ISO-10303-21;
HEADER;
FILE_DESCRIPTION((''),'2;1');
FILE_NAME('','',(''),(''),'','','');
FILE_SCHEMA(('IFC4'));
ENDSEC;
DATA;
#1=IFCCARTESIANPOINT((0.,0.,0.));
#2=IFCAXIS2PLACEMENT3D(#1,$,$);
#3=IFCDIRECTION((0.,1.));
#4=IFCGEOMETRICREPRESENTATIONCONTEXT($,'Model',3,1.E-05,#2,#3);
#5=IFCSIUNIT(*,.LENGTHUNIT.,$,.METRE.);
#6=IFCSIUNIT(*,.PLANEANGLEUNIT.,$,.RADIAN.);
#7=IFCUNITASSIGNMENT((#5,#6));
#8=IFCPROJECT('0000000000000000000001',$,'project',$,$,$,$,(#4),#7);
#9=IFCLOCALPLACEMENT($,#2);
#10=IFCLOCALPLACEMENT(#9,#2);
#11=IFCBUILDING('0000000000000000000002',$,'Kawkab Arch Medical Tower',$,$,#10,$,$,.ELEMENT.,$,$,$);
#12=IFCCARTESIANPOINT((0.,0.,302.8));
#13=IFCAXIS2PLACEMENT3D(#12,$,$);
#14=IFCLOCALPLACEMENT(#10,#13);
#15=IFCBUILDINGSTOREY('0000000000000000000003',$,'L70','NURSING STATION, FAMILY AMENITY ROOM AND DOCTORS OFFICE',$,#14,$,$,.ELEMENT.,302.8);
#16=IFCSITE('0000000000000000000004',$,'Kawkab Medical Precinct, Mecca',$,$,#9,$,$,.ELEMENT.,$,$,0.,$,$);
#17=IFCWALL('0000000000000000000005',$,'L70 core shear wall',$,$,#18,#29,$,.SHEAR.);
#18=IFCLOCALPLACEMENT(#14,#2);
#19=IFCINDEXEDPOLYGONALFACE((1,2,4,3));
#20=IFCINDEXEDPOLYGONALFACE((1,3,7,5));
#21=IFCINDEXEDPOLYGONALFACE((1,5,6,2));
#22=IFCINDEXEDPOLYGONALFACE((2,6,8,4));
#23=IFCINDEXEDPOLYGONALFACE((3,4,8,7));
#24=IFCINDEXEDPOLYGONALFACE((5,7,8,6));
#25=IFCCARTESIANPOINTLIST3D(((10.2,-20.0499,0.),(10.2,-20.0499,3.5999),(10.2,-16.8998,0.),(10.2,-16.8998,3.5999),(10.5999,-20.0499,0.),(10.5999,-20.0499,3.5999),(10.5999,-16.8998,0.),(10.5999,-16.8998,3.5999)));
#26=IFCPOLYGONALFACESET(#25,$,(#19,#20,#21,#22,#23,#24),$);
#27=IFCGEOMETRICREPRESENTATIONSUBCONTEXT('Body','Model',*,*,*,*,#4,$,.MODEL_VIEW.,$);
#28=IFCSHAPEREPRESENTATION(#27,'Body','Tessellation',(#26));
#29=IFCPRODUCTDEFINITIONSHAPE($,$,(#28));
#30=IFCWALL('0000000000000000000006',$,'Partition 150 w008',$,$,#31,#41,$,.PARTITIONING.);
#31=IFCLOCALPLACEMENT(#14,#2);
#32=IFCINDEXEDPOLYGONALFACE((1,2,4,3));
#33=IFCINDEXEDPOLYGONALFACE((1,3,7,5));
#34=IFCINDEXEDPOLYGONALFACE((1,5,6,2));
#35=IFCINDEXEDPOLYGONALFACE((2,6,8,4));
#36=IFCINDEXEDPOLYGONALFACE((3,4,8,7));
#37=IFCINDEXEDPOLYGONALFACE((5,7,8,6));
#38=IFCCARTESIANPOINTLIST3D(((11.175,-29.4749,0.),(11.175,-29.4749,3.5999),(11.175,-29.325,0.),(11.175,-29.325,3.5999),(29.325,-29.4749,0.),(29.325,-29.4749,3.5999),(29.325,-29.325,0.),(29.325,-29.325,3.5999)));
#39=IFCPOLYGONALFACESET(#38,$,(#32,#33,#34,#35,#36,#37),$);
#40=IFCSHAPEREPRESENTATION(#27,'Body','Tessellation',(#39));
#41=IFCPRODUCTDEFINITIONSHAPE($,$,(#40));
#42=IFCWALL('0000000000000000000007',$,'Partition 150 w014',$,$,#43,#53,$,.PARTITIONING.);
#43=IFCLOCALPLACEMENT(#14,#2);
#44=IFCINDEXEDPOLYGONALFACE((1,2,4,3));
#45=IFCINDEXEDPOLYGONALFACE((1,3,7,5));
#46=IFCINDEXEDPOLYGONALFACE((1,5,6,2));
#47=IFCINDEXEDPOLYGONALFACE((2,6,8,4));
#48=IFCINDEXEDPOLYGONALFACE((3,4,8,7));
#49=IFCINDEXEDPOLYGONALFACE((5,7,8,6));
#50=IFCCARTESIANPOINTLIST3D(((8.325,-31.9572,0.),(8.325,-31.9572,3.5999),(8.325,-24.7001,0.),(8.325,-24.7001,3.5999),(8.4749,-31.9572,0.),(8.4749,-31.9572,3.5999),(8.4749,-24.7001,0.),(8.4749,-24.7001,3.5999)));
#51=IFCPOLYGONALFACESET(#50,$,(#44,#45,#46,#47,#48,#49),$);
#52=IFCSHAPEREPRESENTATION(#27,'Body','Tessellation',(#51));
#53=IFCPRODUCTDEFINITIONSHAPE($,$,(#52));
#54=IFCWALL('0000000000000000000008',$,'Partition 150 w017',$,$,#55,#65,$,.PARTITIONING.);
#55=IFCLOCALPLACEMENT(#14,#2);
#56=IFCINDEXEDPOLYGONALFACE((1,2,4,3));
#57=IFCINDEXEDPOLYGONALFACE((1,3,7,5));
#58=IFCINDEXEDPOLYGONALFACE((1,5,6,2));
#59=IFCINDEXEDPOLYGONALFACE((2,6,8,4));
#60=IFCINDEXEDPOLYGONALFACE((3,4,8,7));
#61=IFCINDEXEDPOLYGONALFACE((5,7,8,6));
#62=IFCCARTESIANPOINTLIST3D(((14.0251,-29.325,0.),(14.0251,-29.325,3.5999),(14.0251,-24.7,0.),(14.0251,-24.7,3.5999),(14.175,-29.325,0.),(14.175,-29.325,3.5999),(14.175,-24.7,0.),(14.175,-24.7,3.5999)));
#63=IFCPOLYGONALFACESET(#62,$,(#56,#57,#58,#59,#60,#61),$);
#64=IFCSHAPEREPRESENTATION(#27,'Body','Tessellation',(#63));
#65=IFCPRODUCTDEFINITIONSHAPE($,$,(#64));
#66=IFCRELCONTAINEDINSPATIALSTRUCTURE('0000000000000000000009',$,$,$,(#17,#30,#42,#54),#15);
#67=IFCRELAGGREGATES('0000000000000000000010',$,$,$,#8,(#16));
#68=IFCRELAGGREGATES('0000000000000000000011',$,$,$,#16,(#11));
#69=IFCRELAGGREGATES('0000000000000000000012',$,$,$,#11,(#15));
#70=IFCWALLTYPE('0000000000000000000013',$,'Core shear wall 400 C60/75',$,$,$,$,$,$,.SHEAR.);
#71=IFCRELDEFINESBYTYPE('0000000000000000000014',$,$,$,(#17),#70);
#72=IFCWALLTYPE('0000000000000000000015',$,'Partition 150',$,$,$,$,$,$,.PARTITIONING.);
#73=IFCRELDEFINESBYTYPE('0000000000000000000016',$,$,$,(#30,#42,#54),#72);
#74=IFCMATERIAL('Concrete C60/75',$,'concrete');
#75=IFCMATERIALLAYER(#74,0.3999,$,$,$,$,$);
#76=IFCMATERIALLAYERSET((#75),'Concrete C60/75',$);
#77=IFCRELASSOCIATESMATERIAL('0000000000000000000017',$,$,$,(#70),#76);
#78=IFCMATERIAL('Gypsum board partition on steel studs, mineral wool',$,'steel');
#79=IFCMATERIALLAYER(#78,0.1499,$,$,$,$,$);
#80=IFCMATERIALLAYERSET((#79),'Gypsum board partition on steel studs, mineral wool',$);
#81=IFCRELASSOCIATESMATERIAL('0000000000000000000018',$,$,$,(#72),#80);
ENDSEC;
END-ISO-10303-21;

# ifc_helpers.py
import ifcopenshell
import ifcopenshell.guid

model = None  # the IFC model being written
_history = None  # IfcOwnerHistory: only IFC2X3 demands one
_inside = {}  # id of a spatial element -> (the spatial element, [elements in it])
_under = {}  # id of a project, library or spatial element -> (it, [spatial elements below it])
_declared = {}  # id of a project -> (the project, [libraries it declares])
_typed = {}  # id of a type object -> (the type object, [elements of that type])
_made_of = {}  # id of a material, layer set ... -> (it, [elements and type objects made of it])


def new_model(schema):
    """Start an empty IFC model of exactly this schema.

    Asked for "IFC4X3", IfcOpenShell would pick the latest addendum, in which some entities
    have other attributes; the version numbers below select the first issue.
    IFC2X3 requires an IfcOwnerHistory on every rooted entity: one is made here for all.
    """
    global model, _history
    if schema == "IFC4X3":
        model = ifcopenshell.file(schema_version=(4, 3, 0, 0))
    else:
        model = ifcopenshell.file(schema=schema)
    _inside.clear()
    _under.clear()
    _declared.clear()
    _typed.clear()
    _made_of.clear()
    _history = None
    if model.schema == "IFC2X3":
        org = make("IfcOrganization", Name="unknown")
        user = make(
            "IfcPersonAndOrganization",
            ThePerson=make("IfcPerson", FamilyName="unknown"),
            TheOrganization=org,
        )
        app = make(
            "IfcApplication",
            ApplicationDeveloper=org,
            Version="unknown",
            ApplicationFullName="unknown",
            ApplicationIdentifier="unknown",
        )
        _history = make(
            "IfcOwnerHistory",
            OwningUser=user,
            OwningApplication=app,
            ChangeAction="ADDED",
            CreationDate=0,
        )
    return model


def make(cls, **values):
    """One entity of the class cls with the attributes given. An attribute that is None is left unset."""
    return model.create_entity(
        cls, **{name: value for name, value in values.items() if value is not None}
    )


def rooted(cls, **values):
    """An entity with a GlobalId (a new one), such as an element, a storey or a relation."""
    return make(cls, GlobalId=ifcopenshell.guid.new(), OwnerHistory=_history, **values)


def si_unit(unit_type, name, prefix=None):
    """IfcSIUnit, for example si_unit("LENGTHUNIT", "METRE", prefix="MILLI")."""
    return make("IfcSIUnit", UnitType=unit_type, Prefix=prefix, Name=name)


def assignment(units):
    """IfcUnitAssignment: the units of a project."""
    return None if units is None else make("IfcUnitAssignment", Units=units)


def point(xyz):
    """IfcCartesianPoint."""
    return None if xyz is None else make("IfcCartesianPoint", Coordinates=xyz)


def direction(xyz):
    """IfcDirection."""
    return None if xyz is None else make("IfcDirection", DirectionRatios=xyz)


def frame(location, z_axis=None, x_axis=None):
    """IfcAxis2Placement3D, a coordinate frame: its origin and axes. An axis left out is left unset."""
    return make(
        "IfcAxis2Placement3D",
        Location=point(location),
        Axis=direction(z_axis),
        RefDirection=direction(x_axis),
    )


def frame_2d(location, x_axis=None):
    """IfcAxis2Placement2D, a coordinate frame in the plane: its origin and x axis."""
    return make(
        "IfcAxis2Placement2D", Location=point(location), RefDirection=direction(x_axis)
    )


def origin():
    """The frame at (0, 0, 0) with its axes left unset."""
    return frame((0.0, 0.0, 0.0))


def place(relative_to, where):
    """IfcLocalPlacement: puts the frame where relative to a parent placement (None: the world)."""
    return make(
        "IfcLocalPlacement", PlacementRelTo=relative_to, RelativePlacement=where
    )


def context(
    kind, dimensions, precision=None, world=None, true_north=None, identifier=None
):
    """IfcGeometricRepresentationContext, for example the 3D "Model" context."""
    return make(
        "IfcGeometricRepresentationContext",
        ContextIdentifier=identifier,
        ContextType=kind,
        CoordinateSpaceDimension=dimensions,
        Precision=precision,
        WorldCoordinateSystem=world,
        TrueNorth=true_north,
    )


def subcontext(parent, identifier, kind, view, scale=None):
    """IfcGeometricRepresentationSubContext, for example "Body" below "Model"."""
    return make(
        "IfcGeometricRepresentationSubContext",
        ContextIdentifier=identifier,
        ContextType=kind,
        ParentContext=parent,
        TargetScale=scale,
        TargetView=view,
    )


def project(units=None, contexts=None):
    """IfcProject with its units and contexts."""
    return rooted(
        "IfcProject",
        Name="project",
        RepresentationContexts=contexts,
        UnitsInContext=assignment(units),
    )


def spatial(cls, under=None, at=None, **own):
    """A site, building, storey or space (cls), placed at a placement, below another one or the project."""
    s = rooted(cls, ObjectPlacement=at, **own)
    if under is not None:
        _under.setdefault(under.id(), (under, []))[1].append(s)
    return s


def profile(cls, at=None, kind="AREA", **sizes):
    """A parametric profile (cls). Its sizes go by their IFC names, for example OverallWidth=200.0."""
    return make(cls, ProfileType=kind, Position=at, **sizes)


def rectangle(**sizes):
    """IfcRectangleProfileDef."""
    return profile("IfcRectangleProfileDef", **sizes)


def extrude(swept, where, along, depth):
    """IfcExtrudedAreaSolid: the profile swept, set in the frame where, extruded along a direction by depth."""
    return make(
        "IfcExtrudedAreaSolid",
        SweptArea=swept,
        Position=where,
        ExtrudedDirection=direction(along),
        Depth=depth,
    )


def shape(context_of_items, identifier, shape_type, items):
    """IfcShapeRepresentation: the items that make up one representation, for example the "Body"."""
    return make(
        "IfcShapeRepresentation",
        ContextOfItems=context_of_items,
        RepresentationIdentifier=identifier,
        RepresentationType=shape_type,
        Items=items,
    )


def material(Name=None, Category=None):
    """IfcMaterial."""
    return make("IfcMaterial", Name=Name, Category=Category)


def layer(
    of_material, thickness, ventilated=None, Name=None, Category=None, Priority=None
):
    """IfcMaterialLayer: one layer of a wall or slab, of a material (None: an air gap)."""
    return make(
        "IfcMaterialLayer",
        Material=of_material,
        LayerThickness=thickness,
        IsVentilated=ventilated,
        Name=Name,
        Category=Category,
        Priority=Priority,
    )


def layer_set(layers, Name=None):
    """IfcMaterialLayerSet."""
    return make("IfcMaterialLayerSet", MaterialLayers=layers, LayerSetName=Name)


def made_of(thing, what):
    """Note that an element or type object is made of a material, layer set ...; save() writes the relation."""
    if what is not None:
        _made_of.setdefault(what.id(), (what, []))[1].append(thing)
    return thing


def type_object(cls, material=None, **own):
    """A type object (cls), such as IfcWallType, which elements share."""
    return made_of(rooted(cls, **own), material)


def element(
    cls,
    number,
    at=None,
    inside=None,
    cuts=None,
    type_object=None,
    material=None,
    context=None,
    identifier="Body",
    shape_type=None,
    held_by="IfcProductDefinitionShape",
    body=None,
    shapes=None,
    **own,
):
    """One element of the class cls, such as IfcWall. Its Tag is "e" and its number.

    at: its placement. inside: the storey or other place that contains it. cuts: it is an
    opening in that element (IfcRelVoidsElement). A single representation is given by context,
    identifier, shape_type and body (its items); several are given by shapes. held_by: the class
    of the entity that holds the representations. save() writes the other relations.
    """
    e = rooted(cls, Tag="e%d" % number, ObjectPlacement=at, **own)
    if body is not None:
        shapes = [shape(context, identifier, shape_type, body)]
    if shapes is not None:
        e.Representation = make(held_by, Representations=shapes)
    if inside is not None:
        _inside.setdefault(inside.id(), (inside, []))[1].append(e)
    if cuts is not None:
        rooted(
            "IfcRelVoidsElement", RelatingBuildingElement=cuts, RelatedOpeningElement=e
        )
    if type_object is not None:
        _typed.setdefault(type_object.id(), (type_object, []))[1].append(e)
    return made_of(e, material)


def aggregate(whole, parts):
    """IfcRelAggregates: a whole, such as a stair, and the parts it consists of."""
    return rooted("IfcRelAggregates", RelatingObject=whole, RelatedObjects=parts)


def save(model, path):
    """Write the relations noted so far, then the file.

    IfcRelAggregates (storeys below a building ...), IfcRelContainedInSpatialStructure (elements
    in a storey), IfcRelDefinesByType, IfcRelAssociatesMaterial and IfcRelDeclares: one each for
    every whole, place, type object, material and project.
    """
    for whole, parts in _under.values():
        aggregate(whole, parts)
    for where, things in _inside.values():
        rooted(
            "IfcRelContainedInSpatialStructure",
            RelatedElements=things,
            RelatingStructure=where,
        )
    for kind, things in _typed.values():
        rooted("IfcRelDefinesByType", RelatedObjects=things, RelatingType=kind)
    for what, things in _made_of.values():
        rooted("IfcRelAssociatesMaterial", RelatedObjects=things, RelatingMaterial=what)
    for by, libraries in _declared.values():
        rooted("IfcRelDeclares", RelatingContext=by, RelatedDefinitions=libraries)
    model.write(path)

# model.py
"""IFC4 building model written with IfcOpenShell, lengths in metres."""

from ifc_helpers import new_model, si_unit, direction, frame, frame_2d, origin, place, context, subcontext, project, spatial, rectangle, extrude, material, layer, layer_set, type_object, element, save


model = new_model("IFC4")

# Units and contexts
model_context = context("Model", 3, precision=1e-05, world=origin(), true_north=direction((0.0, 1.0)))
body_context = subcontext(model_context, "Body", "Model", "MODEL_VIEW")
ifc_project = project(units=[si_unit("LENGTHUNIT", "METRE"), si_unit("PLANEANGLEUNIT", "RADIAN")], contexts=[model_context])

# Site, building, storey
site_placement = place(None, origin())
site = spatial("IfcSite", under=ifc_project, at=site_placement, Name="Kawkab Medical Precinct, Mecca", CompositionType="ELEMENT", RefElevation=0.0)
building_placement = place(site_placement, origin())
building = spatial("IfcBuilding", under=site, at=building_placement, Name="Kawkab Arch Medical Tower", CompositionType="ELEMENT")
storey_placement = place(building_placement, frame((0.0, 0.0, 302.8)))
storey = spatial("IfcBuildingStorey", under=building, at=storey_placement, Name="L70", Description="NURSING STATION, FAMILY AMENITY ROOM AND DOCTORS OFFICE", CompositionType="ELEMENT", Elevation=302.8)

# Shared definitions
ifc_material_1 = material(Name="Concrete C60/75", Category="concrete")
ifc_layer_1 = layer(ifc_material_1, 0.3999)
ifc_layer_set_1 = layer_set([ifc_layer_1], Name="Concrete C60/75")
wall_type_1 = type_object("IfcWallType", Name="Core shear wall 400 C60/75", PredefinedType="SHEAR", material=ifc_layer_set_1)

# Walls
wall_1_placement = place(storey_placement, frame((10.3999, -20.05, 0.0), z_axis=(0.0, 0.0, 1.0), x_axis=(0.0, 1.0, 0.0)))
element("IfcWall", 1, at=wall_1_placement, inside=storey, type_object=wall_type_1, Name="L70 core shear wall", PredefinedType="SHEAR", context=body_context, shape_type="SweptSolid", body=[
    extrude(rectangle(XDim=3.1501, YDim=0.3999, at=frame_2d((1.5752, 0.0))), origin(), (0.0, 0.0, 1.0), 3.5999),
])
ifc_material_2 = material(Name="Gypsum board partition on steel studs, mineral wool", Category="steel")
ifc_layer_2 = layer(ifc_material_2, 0.1499)
ifc_layer_set_2 = layer_set([ifc_layer_2], Name="Gypsum board partition on steel studs, mineral wool")
wall_type_2 = type_object("IfcWallType", Name="Partition 150", PredefinedType="PARTITIONING", material=ifc_layer_set_2)
wall_2_placement = place(storey_placement, frame((11.175, -29.3999, 0.0), z_axis=(0.0, 0.0, 1.0), x_axis=(1.0, 0.0, 0.0)))
element("IfcWall", 2, at=wall_2_placement, inside=storey, type_object=wall_type_2, Name="Partition 150 w008", PredefinedType="PARTITIONING", context=body_context, shape_type="SweptSolid", body=[
    extrude(rectangle(XDim=18.1499, YDim=0.1499, at=frame_2d((9.075, 0.0))), origin(), (0.0, 0.0, 1.0), 3.5999),
])
wall_3_placement = place(storey_placement, frame((8.3999, -31.957, 0.0), z_axis=(0.0, 0.0, 1.0), x_axis=(0.0, 1.0, 0.0)))
element("IfcWall", 3, at=wall_3_placement, inside=storey, type_object=wall_type_2, Name="Partition 150 w014", PredefinedType="PARTITIONING", context=body_context, shape_type="SweptSolid", body=[
    extrude(rectangle(XDim=7.2571, YDim=0.1499, at=frame_2d((3.6284, 0.0))), origin(), (0.0, 0.0, 1.0), 3.5999),
])
wall_4_placement = place(storey_placement, frame((14.1001, -29.325, 0.0), z_axis=(0.0, 0.0, 1.0), x_axis=(0.0, 1.0, 0.0)))
element("IfcWall", 4, at=wall_4_placement, inside=storey, type_object=wall_type_2, Name="Partition 150 w017", PredefinedType="PARTITIONING", context=body_context, shape_type="SweptSolid", body=[
    extrude(rectangle(XDim=4.625, YDim=0.1499, at=frame_2d((2.3125, 0.0))), origin(), (0.0, 0.0, 1.0), 3.5999),
])

save(model, "model.ifc")
